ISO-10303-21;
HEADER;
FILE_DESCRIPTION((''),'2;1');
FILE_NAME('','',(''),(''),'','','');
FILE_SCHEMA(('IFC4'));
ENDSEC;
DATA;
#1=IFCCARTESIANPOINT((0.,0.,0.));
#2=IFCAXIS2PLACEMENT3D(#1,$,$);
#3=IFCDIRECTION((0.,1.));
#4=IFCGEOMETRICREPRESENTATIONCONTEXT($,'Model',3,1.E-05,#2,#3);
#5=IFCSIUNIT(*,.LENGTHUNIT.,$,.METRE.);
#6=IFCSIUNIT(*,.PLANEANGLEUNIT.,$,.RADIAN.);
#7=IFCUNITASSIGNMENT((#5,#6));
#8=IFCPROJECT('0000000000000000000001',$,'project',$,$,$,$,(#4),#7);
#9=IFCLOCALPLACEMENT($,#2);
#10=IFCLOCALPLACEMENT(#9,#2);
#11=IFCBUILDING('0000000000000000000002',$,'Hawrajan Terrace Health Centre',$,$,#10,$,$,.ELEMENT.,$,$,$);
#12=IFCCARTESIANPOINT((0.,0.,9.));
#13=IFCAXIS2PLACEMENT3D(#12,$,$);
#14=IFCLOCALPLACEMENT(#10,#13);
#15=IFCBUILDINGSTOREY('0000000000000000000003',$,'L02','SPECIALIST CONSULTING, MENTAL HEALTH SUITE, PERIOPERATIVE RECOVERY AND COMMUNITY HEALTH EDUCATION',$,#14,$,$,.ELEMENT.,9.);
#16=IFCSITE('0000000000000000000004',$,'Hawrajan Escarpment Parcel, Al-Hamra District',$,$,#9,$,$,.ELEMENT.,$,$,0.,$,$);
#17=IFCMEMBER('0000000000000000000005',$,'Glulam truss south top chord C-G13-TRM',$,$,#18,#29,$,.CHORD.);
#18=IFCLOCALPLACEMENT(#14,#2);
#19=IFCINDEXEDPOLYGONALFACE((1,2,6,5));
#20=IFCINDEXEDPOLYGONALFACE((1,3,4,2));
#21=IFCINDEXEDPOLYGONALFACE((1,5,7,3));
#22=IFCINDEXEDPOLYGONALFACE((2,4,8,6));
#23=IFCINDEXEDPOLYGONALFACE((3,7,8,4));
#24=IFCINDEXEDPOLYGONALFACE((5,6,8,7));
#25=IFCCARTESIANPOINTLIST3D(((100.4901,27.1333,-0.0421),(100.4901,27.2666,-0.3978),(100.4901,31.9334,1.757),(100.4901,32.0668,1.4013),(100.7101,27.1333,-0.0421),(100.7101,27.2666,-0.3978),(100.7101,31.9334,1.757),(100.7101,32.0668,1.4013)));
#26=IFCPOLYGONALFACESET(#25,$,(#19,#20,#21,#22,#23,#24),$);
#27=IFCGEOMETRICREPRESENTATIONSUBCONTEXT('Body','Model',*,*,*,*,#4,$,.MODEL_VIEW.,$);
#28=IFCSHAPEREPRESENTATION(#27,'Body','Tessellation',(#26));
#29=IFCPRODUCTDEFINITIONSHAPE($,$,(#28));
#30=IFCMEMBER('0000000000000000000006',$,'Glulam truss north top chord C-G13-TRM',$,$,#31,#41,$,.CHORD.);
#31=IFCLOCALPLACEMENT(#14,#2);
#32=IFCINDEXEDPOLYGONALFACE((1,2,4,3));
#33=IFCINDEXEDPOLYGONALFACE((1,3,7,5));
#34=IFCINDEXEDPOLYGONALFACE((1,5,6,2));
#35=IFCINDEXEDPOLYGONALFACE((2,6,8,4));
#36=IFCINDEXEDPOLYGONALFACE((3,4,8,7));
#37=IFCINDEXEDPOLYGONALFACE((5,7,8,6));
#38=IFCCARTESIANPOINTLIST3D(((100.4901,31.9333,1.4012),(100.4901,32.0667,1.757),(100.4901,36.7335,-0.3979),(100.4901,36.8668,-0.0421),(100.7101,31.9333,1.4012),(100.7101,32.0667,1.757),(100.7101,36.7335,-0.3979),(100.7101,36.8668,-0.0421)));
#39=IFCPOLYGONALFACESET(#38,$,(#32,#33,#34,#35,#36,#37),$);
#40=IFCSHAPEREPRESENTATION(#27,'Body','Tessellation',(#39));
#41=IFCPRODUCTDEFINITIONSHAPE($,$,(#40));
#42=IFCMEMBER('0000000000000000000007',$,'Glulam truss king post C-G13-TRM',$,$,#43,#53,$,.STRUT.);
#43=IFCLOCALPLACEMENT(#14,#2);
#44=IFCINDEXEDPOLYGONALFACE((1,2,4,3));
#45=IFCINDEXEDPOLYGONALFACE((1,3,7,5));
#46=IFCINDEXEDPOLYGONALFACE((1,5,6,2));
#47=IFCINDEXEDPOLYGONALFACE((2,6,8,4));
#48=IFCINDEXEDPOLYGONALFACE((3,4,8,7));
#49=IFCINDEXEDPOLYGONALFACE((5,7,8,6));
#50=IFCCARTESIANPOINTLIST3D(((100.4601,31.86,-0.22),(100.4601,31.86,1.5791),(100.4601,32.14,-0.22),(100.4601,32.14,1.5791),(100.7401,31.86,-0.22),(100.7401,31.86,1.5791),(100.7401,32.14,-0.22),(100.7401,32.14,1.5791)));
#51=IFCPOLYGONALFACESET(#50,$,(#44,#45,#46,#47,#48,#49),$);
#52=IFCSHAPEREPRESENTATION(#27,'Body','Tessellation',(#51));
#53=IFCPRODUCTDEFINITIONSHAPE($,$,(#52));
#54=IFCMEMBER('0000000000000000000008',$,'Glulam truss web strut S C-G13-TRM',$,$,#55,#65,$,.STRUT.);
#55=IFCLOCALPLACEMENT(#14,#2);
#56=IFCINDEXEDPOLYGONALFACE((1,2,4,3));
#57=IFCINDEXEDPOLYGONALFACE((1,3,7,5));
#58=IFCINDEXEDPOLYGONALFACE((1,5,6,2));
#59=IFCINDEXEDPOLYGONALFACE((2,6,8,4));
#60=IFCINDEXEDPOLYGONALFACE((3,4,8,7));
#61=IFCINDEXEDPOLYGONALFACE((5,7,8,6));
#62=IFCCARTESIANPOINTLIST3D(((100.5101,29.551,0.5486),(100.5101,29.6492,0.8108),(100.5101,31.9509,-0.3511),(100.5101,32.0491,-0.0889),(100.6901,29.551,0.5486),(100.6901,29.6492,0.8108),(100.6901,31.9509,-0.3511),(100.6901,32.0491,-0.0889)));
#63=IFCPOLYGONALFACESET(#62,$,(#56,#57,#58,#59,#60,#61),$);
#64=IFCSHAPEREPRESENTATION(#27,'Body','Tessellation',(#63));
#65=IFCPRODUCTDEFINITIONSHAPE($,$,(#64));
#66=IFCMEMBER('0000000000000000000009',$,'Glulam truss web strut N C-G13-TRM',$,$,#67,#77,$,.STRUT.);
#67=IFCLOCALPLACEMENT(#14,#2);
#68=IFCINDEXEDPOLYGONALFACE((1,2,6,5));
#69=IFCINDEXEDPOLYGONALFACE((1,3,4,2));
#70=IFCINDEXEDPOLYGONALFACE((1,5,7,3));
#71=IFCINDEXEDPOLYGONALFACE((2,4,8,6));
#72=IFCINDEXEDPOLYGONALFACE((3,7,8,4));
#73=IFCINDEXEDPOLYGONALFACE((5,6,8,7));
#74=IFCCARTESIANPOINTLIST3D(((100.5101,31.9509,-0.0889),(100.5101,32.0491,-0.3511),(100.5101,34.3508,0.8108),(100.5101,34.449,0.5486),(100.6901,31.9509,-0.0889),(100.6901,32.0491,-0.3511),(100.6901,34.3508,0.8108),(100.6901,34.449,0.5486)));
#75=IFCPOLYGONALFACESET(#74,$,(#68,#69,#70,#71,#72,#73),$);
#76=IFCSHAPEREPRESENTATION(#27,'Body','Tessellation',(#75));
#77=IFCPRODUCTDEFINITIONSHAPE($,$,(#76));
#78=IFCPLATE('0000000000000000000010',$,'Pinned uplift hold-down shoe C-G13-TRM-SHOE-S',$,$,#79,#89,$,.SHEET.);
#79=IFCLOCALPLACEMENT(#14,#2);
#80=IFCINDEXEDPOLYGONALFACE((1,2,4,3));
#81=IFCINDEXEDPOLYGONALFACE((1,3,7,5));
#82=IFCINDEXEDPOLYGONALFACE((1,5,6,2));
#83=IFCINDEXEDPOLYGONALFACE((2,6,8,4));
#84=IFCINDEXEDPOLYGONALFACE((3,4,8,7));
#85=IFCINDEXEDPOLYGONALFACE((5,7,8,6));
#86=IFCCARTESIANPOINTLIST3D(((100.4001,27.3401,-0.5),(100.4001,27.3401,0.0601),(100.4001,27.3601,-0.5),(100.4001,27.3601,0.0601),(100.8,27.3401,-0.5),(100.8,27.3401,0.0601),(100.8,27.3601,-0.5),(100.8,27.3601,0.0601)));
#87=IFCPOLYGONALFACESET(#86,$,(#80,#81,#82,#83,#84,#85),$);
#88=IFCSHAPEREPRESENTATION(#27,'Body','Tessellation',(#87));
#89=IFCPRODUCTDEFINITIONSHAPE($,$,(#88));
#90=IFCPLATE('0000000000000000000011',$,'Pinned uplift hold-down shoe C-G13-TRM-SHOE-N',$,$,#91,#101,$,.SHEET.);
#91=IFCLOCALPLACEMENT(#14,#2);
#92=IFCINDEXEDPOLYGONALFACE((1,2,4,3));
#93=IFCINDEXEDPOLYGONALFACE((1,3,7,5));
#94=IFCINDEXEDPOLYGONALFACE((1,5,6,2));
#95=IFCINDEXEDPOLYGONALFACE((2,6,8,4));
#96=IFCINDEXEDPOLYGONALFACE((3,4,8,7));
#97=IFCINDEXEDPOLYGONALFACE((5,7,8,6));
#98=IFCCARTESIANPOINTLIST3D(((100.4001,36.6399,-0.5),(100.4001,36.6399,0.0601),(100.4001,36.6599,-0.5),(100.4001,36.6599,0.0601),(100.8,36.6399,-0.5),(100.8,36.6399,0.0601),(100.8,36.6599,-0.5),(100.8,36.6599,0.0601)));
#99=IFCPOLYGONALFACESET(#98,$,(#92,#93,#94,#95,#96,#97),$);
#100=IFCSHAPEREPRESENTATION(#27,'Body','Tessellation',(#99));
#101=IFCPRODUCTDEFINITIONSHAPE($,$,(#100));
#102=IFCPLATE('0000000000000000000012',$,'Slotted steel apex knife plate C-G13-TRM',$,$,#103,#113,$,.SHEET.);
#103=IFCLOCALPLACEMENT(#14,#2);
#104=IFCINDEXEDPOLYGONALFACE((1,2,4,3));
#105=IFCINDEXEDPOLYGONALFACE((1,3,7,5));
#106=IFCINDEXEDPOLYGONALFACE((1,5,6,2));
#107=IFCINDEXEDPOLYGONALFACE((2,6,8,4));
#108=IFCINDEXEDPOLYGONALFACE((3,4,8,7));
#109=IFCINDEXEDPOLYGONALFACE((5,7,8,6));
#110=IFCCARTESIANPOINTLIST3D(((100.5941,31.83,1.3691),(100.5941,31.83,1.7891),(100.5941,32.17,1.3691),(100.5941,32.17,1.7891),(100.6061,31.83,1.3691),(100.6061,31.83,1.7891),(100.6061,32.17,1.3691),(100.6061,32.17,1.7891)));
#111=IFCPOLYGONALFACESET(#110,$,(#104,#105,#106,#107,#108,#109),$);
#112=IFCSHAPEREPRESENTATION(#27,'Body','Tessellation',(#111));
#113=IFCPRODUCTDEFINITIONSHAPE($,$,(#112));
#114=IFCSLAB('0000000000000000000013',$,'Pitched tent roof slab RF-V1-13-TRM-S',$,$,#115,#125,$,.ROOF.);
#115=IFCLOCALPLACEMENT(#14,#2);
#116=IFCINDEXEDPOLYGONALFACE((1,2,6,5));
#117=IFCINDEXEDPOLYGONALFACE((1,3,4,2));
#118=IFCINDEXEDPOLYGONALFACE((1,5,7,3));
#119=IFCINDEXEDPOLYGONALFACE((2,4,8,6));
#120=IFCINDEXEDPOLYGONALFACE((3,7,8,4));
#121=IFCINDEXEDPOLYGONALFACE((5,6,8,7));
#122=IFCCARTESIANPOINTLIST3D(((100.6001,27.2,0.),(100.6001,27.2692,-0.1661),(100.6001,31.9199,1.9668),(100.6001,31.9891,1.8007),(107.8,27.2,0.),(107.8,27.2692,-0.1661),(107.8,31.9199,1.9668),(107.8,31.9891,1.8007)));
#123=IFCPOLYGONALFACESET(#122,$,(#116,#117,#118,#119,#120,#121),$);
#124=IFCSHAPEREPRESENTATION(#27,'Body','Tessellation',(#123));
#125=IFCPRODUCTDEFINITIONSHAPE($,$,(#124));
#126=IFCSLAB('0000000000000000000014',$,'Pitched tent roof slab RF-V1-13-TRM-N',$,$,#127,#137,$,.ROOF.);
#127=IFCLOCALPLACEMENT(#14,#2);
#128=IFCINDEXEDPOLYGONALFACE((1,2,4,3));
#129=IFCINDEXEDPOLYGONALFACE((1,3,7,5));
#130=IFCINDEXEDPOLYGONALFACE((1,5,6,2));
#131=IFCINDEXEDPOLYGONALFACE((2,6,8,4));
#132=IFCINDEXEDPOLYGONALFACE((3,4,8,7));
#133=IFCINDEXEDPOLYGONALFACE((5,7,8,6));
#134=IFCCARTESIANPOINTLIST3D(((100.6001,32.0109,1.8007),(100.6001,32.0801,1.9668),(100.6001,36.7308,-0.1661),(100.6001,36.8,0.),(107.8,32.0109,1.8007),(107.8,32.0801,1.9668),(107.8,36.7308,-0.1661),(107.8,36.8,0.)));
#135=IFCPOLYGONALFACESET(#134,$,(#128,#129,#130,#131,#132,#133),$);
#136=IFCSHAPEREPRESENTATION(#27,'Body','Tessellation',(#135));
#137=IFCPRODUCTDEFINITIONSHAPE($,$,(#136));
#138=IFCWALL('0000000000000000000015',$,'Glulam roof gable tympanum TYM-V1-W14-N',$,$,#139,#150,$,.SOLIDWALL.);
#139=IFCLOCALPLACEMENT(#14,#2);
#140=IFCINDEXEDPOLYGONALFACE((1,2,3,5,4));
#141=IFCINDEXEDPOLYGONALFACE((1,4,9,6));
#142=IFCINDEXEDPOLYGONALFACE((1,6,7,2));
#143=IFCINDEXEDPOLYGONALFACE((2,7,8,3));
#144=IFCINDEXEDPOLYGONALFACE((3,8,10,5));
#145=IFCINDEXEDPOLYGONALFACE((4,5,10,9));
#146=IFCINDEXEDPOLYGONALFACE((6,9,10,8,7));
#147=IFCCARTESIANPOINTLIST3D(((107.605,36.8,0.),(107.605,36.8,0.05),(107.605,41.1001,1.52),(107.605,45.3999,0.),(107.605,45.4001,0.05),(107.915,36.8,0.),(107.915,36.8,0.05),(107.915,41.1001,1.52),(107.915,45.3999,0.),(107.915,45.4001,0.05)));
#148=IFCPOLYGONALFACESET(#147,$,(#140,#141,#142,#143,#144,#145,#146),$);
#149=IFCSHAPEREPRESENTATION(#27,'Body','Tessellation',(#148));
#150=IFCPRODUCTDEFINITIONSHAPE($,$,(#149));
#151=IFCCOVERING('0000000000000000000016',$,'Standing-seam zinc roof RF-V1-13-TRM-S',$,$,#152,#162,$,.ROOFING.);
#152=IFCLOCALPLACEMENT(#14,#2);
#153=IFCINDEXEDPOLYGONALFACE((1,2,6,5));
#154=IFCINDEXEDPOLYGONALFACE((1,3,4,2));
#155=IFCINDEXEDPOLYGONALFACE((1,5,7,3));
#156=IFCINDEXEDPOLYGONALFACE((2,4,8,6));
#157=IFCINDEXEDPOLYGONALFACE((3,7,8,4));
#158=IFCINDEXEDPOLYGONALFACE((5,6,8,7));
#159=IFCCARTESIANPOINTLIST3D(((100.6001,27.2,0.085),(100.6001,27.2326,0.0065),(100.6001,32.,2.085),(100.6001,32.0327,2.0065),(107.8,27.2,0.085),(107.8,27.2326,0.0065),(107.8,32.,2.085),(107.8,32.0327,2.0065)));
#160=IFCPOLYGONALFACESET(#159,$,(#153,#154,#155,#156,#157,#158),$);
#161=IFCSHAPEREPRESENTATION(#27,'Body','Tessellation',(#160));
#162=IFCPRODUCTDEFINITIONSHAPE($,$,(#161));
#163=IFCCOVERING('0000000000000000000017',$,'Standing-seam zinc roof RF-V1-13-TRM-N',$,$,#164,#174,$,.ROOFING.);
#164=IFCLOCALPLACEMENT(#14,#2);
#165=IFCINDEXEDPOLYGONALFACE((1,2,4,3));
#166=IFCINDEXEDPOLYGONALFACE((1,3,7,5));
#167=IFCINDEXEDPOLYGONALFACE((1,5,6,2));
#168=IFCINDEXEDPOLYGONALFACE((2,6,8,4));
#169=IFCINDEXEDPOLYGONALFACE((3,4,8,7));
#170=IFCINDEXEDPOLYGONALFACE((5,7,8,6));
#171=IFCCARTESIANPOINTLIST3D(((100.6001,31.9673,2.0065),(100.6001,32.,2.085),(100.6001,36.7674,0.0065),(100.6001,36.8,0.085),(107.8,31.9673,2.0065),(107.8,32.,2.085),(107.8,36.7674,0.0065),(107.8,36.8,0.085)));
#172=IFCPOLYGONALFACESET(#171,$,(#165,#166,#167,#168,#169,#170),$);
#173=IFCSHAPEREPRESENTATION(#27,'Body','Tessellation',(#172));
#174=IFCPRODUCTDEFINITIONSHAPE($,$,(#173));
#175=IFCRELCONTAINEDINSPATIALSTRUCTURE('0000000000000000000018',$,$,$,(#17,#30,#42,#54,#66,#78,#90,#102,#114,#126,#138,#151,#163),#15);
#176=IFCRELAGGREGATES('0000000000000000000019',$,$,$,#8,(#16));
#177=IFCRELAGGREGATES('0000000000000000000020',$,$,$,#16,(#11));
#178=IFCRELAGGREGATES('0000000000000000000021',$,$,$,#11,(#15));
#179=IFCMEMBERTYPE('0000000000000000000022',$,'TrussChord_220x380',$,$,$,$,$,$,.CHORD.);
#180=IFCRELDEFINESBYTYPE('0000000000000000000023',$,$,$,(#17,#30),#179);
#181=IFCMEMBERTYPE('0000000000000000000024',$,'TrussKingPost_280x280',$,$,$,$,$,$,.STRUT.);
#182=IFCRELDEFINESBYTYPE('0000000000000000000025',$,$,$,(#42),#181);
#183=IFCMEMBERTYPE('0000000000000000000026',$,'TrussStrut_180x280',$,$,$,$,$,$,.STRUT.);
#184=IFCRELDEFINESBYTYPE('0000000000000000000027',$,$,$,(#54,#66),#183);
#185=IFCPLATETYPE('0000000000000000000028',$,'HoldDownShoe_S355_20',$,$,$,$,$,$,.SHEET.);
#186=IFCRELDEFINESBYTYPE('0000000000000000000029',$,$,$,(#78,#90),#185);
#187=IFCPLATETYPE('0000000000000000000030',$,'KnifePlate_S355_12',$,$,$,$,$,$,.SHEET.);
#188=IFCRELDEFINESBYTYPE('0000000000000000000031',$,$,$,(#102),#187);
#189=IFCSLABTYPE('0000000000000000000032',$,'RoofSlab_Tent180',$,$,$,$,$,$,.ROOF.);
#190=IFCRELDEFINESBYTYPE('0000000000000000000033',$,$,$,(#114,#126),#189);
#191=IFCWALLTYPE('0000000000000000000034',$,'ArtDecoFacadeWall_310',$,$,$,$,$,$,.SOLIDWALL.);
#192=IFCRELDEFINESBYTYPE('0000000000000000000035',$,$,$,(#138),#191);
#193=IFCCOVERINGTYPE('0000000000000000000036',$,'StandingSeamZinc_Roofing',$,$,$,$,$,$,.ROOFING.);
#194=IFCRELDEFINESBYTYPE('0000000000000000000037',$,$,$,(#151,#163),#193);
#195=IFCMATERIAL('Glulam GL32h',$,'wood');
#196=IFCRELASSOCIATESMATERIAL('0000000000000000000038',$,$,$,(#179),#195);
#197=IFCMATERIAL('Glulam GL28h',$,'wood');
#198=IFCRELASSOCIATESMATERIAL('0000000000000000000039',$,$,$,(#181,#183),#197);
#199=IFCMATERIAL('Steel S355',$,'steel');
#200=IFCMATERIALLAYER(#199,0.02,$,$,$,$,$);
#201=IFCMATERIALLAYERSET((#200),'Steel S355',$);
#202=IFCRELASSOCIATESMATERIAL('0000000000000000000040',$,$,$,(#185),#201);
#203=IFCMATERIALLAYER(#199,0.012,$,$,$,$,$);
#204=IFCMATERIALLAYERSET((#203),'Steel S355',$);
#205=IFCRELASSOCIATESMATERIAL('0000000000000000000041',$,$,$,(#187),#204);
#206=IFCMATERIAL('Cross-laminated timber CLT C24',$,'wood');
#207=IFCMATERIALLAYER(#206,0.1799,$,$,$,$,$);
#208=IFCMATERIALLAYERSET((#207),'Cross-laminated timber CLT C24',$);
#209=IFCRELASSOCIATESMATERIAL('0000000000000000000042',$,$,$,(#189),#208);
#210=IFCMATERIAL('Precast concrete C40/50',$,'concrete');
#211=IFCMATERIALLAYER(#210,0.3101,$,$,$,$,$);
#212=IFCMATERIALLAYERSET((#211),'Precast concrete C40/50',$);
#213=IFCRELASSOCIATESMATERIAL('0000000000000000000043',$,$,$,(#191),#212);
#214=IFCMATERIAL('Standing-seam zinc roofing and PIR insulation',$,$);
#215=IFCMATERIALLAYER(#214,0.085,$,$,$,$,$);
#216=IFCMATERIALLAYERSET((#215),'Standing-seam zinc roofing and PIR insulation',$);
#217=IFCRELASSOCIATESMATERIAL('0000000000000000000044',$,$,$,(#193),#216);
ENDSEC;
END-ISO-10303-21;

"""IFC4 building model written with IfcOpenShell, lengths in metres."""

from ifc_helpers import new_model, si_unit, direction, frame, origin, origin_2d, place, context, subcontext, project, spatial, polyline, rectangle, outline, extrude, material, layer, layer_set, material_profile, profile_set, type_object, element, save


model = new_model("IFC4")

# Units and contexts
model_context = context("Model", 3, precision=1e-05, world=origin(), true_north=direction((0.0, 1.0)))
body_context = subcontext(model_context, "Body", "Model", "MODEL_VIEW")
ifc_project = project(units=[si_unit("LENGTHUNIT", "METRE"), si_unit("PLANEANGLEUNIT", "RADIAN")], contexts=[model_context])

# Site, building, storey
site_placement = place(None, origin())
site = spatial("IfcSite", under=ifc_project, at=site_placement, Name="Hawrajan Escarpment Parcel, Al-Hamra District", CompositionType="ELEMENT", RefElevation=0.0)
building_placement = place(site_placement, origin())
building = spatial("IfcBuilding", under=site, at=building_placement, Name="Hawrajan Terrace Health Centre", CompositionType="ELEMENT")
storey_placement = place(building_placement, frame((0.0, 0.0, 9.0)))
storey = spatial("IfcBuildingStorey", under=building, at=storey_placement, Name="L02", Description="SPECIALIST CONSULTING, MENTAL HEALTH SUITE, PERIOPERATIVE RECOVERY AND COMMUNITY HEALTH EDUCATION", CompositionType="ELEMENT", Elevation=9.0)

# Shared definitions
ifc_material_1 = material(Name="Glulam GL28h", Category="wood")

# Shared definitions
ifc_material_2 = material(Name="Steel S355", Category="steel")

# Members
ifc_material_3 = material(Name="Glulam GL32h", Category="wood")
ifc_material_profile_1 = material_profile(ifc_material_3, rectangle(XDim=0.22, YDim=0.3799, at=origin_2d()), Name="GL CHD 220x380")
ifc_profile_set_1 = profile_set([ifc_material_profile_1], Name="Glulam GL32h")
member_type_1 = type_object("IfcMemberType", Name="TrussChord_220x380", PredefinedType="CHORD", material=ifc_profile_set_1)
for number, where, z_axis, x_axis, name in (
    (1, (100.6001, 27.2, -0.22), (0.0, 0.93639, 0.350962), (-1.0, 0.0, 0.0), "Glulam truss south top chord C-G13-TRM"),
    (2, (100.6001, 32.0, 1.5791), (0.0, 0.93639, -0.350962), (-1.0, 0.0, 0.0), "Glulam truss north top chord C-G13-TRM"),
):
    element("IfcMember", number, at=place(storey_placement, frame(where, z_axis=z_axis, x_axis=x_axis)), inside=storey, type_object=member_type_1, Name=name, PredefinedType="CHORD", context=body_context, shape_type="SweptSolid", body=[
        extrude(rectangle(XDim=0.22, YDim=0.3799, at=origin_2d()), origin(), (0.0, 0.0, 1.0), 5.1262),
    ])
ifc_material_profile_2 = material_profile(ifc_material_1, rectangle(XDim=0.28, YDim=0.28, at=origin_2d()), Name="GL KP 280x280")
ifc_profile_set_2 = profile_set([ifc_material_profile_2], Name="Glulam GL28h")
member_type_2 = type_object("IfcMemberType", Name="TrussKingPost_280x280", PredefinedType="STRUT", material=ifc_profile_set_2)
member_placement = place(storey_placement, frame((100.6001, 32.0, -0.22), z_axis=(0.0, 0.0, 1.0), x_axis=(1.0, 0.0, 0.0)))
element("IfcMember", 3, at=member_placement, inside=storey, type_object=member_type_2, Name="Glulam truss king post C-G13-TRM", PredefinedType="STRUT", context=body_context, shape_type="SweptSolid", body=[
    extrude(rectangle(XDim=0.28, YDim=0.28, at=origin_2d()), origin(), (0.0, 0.0, 1.0), 1.7991),
])
ifc_material_profile_3 = material_profile(ifc_material_1, rectangle(XDim=0.1799, YDim=0.28, at=origin_2d()), Name="GL WEB 180x280")
ifc_profile_set_3 = profile_set([ifc_material_profile_3], Name="Glulam GL28h")
member_type_3 = type_object("IfcMemberType", Name="TrussStrut_180x280", PredefinedType="STRUT", material=ifc_profile_set_3)
for number, where, z_axis, x_axis, name in (
    (4, (100.6001, 32.0, -0.22), (0.0, -0.936368, 0.351019), (1.0, 0.0, 0.0), "Glulam truss web strut S C-G13-TRM"),
    (5, (100.6001, 32.0, -0.22), (0.0, 0.936368, 0.351019), (-1.0, 0.0, 0.0), "Glulam truss web strut N C-G13-TRM"),
):
    element("IfcMember", number, at=place(storey_placement, frame(where, z_axis=z_axis, x_axis=x_axis)), inside=storey, type_object=member_type_3, Name=name, PredefinedType="STRUT", context=body_context, shape_type="SweptSolid", body=[
        extrude(rectangle(XDim=0.1799, YDim=0.28, at=origin_2d()), origin(), (0.0, 0.0, 1.0), 2.563),
    ])

# Plates
ifc_layer_1 = layer(ifc_material_2, 0.02)
ifc_layer_set_1 = layer_set([ifc_layer_1], Name="Steel S355")
plate_type_1 = type_object("IfcPlateType", Name="HoldDownShoe_S355_20", PredefinedType="SHEET", material=ifc_layer_set_1)
for number, where, z_axis, x_axis, name in (
    (6, (100.6001, 27.3501, -0.5), (0.0, 0.0, 1.0), (1.0, 0.0, 0.0), "Pinned uplift hold-down shoe C-G13-TRM-SHOE-S"),
    (7, (100.6001, 36.6499, -0.5), (0.0, 0.0, 1.0), (1.0, 0.0, 0.0), "Pinned uplift hold-down shoe C-G13-TRM-SHOE-N"),
):
    element("IfcPlate", number, at=place(storey_placement, frame(where, z_axis=z_axis, x_axis=x_axis)), inside=storey, type_object=plate_type_1, Name=name, PredefinedType="SHEET", context=body_context, shape_type="SweptSolid", body=[
        extrude(rectangle(XDim=0.3999, YDim=0.02, at=origin_2d()), origin(), (0.0, 0.0, 1.0), 0.5601),
    ])
ifc_layer_2 = layer(ifc_material_2, 0.012)
ifc_layer_set_2 = layer_set([ifc_layer_2], Name="Steel S355")
plate_type_2 = type_object("IfcPlateType", Name="KnifePlate_S355_12", PredefinedType="SHEET", material=ifc_layer_set_2)
plate_placement = place(storey_placement, frame((100.6001, 32.0, 1.3691), z_axis=(0.0, 0.0, 1.0), x_axis=(1.0, 0.0, 0.0)))
element("IfcPlate", 8, at=plate_placement, inside=storey, type_object=plate_type_2, Name="Slotted steel apex knife plate C-G13-TRM", PredefinedType="SHEET", context=body_context, shape_type="SweptSolid", body=[
    extrude(rectangle(XDim=0.012, YDim=0.3401, at=origin_2d()), origin(), (0.0, 0.0, 1.0), 0.4199),
])

# Slabs
ifc_material_4 = material(Name="Cross-laminated timber CLT C24", Category="wood")
ifc_layer_3 = layer(ifc_material_4, 0.1799)
ifc_layer_set_3 = layer_set([ifc_layer_3], Name="Cross-laminated timber CLT C24")
slab_type = type_object("IfcSlabType", Name="RoofSlab_Tent180", PredefinedType="ROOF", material=ifc_layer_set_3)
for number, where, z_axis, x_axis, name in (
    (9, (100.6001, 27.2, 0.0), (0.0, -0.384639, 0.923067), (1.0, 0.0, 0.0), "Pitched tent roof slab RF-V1-13-TRM-S"),
    (10, (100.6001, 32.0801, 1.9668), (0.0, 0.384639, 0.923067), (1.0, 0.0, 0.0), "Pitched tent roof slab RF-V1-13-TRM-N"),
):
    element("IfcSlab", number, at=place(storey_placement, frame(where, z_axis=z_axis, x_axis=x_axis)), inside=storey, type_object=slab_type, Name=name, PredefinedType="ROOF", context=body_context, shape_type="SweptSolid", body=[
        extrude(outline(polyline([(0.0, 0.0), (7.2, 0.0), (7.2, 5.1134), (0.0, 5.1134), (0.0, 0.0)])), origin(), (0.0, 0.0, -1.0), 0.1799),
    ])

# Wall
ifc_material_5 = material(Name="Precast concrete C40/50", Category="concrete")
ifc_layer_4 = layer(ifc_material_5, 0.3101)
ifc_layer_set_4 = layer_set([ifc_layer_4], Name="Precast concrete C40/50")
wall_type = type_object("IfcWallType", Name="ArtDecoFacadeWall_310", PredefinedType="SOLIDWALL", material=ifc_layer_set_4)
wall_placement = place(storey_placement, frame((107.76, 36.8, 0.0), z_axis=(0.0, 0.0, 1.0), x_axis=(0.0, 1.0, 0.0)))
element("IfcWall", 11, at=wall_placement, inside=storey, type_object=wall_type, Name="Glulam roof gable tympanum TYM-V1-W14-N", PredefinedType="SOLIDWALL", context=body_context, shape_type="SweptSolid", body=[
    extrude(outline(polyline([(0.0, 0.0), (8.5999, 0.0), (8.6001, 0.05), (4.3, 1.52), (0.0, 0.05), (0.0, 0.0)])), frame((0.0, 0.155, 0.0), z_axis=(0.0, -1.0, 0.0), x_axis=(1.0, 0.0, 0.0)), (0.0, 0.0, 1.0), 0.3101),
])

# Coverings
ifc_material_6 = material(Name="Standing-seam zinc roofing and PIR insulation")
ifc_layer_5 = layer(ifc_material_6, 0.085)
ifc_layer_set_5 = layer_set([ifc_layer_5], Name="Standing-seam zinc roofing and PIR insulation")
covering_type = type_object("IfcCoveringType", Name="StandingSeamZinc_Roofing", PredefinedType="ROOFING", material=ifc_layer_set_5)
for number, where, z_axis, x_axis, name in (
    (12, (100.6001, 27.2, 0.085), (0.0, -0.384612, 0.923078), (1.0, 0.0, 0.0), "Standing-seam zinc roof RF-V1-13-TRM-S"),
    (13, (100.6001, 32.0, 2.085), (0.0, 0.384612, 0.923078), (1.0, 0.0, 0.0), "Standing-seam zinc roof RF-V1-13-TRM-N"),
):
    element("IfcCovering", number, at=place(storey_placement, frame(where, z_axis=z_axis, x_axis=x_axis)), inside=storey, type_object=covering_type, Name=name, PredefinedType="ROOFING", context=body_context, shape_type="SweptSolid", body=[
        extrude(outline(polyline([(0.0, 0.0), (7.2, 0.0), (7.2, 5.2), (0.0, 5.2), (0.0, 0.0)])), origin(), (0.0, 0.0, -1.0), 0.085),
    ])

save(model, "model.ifc")
